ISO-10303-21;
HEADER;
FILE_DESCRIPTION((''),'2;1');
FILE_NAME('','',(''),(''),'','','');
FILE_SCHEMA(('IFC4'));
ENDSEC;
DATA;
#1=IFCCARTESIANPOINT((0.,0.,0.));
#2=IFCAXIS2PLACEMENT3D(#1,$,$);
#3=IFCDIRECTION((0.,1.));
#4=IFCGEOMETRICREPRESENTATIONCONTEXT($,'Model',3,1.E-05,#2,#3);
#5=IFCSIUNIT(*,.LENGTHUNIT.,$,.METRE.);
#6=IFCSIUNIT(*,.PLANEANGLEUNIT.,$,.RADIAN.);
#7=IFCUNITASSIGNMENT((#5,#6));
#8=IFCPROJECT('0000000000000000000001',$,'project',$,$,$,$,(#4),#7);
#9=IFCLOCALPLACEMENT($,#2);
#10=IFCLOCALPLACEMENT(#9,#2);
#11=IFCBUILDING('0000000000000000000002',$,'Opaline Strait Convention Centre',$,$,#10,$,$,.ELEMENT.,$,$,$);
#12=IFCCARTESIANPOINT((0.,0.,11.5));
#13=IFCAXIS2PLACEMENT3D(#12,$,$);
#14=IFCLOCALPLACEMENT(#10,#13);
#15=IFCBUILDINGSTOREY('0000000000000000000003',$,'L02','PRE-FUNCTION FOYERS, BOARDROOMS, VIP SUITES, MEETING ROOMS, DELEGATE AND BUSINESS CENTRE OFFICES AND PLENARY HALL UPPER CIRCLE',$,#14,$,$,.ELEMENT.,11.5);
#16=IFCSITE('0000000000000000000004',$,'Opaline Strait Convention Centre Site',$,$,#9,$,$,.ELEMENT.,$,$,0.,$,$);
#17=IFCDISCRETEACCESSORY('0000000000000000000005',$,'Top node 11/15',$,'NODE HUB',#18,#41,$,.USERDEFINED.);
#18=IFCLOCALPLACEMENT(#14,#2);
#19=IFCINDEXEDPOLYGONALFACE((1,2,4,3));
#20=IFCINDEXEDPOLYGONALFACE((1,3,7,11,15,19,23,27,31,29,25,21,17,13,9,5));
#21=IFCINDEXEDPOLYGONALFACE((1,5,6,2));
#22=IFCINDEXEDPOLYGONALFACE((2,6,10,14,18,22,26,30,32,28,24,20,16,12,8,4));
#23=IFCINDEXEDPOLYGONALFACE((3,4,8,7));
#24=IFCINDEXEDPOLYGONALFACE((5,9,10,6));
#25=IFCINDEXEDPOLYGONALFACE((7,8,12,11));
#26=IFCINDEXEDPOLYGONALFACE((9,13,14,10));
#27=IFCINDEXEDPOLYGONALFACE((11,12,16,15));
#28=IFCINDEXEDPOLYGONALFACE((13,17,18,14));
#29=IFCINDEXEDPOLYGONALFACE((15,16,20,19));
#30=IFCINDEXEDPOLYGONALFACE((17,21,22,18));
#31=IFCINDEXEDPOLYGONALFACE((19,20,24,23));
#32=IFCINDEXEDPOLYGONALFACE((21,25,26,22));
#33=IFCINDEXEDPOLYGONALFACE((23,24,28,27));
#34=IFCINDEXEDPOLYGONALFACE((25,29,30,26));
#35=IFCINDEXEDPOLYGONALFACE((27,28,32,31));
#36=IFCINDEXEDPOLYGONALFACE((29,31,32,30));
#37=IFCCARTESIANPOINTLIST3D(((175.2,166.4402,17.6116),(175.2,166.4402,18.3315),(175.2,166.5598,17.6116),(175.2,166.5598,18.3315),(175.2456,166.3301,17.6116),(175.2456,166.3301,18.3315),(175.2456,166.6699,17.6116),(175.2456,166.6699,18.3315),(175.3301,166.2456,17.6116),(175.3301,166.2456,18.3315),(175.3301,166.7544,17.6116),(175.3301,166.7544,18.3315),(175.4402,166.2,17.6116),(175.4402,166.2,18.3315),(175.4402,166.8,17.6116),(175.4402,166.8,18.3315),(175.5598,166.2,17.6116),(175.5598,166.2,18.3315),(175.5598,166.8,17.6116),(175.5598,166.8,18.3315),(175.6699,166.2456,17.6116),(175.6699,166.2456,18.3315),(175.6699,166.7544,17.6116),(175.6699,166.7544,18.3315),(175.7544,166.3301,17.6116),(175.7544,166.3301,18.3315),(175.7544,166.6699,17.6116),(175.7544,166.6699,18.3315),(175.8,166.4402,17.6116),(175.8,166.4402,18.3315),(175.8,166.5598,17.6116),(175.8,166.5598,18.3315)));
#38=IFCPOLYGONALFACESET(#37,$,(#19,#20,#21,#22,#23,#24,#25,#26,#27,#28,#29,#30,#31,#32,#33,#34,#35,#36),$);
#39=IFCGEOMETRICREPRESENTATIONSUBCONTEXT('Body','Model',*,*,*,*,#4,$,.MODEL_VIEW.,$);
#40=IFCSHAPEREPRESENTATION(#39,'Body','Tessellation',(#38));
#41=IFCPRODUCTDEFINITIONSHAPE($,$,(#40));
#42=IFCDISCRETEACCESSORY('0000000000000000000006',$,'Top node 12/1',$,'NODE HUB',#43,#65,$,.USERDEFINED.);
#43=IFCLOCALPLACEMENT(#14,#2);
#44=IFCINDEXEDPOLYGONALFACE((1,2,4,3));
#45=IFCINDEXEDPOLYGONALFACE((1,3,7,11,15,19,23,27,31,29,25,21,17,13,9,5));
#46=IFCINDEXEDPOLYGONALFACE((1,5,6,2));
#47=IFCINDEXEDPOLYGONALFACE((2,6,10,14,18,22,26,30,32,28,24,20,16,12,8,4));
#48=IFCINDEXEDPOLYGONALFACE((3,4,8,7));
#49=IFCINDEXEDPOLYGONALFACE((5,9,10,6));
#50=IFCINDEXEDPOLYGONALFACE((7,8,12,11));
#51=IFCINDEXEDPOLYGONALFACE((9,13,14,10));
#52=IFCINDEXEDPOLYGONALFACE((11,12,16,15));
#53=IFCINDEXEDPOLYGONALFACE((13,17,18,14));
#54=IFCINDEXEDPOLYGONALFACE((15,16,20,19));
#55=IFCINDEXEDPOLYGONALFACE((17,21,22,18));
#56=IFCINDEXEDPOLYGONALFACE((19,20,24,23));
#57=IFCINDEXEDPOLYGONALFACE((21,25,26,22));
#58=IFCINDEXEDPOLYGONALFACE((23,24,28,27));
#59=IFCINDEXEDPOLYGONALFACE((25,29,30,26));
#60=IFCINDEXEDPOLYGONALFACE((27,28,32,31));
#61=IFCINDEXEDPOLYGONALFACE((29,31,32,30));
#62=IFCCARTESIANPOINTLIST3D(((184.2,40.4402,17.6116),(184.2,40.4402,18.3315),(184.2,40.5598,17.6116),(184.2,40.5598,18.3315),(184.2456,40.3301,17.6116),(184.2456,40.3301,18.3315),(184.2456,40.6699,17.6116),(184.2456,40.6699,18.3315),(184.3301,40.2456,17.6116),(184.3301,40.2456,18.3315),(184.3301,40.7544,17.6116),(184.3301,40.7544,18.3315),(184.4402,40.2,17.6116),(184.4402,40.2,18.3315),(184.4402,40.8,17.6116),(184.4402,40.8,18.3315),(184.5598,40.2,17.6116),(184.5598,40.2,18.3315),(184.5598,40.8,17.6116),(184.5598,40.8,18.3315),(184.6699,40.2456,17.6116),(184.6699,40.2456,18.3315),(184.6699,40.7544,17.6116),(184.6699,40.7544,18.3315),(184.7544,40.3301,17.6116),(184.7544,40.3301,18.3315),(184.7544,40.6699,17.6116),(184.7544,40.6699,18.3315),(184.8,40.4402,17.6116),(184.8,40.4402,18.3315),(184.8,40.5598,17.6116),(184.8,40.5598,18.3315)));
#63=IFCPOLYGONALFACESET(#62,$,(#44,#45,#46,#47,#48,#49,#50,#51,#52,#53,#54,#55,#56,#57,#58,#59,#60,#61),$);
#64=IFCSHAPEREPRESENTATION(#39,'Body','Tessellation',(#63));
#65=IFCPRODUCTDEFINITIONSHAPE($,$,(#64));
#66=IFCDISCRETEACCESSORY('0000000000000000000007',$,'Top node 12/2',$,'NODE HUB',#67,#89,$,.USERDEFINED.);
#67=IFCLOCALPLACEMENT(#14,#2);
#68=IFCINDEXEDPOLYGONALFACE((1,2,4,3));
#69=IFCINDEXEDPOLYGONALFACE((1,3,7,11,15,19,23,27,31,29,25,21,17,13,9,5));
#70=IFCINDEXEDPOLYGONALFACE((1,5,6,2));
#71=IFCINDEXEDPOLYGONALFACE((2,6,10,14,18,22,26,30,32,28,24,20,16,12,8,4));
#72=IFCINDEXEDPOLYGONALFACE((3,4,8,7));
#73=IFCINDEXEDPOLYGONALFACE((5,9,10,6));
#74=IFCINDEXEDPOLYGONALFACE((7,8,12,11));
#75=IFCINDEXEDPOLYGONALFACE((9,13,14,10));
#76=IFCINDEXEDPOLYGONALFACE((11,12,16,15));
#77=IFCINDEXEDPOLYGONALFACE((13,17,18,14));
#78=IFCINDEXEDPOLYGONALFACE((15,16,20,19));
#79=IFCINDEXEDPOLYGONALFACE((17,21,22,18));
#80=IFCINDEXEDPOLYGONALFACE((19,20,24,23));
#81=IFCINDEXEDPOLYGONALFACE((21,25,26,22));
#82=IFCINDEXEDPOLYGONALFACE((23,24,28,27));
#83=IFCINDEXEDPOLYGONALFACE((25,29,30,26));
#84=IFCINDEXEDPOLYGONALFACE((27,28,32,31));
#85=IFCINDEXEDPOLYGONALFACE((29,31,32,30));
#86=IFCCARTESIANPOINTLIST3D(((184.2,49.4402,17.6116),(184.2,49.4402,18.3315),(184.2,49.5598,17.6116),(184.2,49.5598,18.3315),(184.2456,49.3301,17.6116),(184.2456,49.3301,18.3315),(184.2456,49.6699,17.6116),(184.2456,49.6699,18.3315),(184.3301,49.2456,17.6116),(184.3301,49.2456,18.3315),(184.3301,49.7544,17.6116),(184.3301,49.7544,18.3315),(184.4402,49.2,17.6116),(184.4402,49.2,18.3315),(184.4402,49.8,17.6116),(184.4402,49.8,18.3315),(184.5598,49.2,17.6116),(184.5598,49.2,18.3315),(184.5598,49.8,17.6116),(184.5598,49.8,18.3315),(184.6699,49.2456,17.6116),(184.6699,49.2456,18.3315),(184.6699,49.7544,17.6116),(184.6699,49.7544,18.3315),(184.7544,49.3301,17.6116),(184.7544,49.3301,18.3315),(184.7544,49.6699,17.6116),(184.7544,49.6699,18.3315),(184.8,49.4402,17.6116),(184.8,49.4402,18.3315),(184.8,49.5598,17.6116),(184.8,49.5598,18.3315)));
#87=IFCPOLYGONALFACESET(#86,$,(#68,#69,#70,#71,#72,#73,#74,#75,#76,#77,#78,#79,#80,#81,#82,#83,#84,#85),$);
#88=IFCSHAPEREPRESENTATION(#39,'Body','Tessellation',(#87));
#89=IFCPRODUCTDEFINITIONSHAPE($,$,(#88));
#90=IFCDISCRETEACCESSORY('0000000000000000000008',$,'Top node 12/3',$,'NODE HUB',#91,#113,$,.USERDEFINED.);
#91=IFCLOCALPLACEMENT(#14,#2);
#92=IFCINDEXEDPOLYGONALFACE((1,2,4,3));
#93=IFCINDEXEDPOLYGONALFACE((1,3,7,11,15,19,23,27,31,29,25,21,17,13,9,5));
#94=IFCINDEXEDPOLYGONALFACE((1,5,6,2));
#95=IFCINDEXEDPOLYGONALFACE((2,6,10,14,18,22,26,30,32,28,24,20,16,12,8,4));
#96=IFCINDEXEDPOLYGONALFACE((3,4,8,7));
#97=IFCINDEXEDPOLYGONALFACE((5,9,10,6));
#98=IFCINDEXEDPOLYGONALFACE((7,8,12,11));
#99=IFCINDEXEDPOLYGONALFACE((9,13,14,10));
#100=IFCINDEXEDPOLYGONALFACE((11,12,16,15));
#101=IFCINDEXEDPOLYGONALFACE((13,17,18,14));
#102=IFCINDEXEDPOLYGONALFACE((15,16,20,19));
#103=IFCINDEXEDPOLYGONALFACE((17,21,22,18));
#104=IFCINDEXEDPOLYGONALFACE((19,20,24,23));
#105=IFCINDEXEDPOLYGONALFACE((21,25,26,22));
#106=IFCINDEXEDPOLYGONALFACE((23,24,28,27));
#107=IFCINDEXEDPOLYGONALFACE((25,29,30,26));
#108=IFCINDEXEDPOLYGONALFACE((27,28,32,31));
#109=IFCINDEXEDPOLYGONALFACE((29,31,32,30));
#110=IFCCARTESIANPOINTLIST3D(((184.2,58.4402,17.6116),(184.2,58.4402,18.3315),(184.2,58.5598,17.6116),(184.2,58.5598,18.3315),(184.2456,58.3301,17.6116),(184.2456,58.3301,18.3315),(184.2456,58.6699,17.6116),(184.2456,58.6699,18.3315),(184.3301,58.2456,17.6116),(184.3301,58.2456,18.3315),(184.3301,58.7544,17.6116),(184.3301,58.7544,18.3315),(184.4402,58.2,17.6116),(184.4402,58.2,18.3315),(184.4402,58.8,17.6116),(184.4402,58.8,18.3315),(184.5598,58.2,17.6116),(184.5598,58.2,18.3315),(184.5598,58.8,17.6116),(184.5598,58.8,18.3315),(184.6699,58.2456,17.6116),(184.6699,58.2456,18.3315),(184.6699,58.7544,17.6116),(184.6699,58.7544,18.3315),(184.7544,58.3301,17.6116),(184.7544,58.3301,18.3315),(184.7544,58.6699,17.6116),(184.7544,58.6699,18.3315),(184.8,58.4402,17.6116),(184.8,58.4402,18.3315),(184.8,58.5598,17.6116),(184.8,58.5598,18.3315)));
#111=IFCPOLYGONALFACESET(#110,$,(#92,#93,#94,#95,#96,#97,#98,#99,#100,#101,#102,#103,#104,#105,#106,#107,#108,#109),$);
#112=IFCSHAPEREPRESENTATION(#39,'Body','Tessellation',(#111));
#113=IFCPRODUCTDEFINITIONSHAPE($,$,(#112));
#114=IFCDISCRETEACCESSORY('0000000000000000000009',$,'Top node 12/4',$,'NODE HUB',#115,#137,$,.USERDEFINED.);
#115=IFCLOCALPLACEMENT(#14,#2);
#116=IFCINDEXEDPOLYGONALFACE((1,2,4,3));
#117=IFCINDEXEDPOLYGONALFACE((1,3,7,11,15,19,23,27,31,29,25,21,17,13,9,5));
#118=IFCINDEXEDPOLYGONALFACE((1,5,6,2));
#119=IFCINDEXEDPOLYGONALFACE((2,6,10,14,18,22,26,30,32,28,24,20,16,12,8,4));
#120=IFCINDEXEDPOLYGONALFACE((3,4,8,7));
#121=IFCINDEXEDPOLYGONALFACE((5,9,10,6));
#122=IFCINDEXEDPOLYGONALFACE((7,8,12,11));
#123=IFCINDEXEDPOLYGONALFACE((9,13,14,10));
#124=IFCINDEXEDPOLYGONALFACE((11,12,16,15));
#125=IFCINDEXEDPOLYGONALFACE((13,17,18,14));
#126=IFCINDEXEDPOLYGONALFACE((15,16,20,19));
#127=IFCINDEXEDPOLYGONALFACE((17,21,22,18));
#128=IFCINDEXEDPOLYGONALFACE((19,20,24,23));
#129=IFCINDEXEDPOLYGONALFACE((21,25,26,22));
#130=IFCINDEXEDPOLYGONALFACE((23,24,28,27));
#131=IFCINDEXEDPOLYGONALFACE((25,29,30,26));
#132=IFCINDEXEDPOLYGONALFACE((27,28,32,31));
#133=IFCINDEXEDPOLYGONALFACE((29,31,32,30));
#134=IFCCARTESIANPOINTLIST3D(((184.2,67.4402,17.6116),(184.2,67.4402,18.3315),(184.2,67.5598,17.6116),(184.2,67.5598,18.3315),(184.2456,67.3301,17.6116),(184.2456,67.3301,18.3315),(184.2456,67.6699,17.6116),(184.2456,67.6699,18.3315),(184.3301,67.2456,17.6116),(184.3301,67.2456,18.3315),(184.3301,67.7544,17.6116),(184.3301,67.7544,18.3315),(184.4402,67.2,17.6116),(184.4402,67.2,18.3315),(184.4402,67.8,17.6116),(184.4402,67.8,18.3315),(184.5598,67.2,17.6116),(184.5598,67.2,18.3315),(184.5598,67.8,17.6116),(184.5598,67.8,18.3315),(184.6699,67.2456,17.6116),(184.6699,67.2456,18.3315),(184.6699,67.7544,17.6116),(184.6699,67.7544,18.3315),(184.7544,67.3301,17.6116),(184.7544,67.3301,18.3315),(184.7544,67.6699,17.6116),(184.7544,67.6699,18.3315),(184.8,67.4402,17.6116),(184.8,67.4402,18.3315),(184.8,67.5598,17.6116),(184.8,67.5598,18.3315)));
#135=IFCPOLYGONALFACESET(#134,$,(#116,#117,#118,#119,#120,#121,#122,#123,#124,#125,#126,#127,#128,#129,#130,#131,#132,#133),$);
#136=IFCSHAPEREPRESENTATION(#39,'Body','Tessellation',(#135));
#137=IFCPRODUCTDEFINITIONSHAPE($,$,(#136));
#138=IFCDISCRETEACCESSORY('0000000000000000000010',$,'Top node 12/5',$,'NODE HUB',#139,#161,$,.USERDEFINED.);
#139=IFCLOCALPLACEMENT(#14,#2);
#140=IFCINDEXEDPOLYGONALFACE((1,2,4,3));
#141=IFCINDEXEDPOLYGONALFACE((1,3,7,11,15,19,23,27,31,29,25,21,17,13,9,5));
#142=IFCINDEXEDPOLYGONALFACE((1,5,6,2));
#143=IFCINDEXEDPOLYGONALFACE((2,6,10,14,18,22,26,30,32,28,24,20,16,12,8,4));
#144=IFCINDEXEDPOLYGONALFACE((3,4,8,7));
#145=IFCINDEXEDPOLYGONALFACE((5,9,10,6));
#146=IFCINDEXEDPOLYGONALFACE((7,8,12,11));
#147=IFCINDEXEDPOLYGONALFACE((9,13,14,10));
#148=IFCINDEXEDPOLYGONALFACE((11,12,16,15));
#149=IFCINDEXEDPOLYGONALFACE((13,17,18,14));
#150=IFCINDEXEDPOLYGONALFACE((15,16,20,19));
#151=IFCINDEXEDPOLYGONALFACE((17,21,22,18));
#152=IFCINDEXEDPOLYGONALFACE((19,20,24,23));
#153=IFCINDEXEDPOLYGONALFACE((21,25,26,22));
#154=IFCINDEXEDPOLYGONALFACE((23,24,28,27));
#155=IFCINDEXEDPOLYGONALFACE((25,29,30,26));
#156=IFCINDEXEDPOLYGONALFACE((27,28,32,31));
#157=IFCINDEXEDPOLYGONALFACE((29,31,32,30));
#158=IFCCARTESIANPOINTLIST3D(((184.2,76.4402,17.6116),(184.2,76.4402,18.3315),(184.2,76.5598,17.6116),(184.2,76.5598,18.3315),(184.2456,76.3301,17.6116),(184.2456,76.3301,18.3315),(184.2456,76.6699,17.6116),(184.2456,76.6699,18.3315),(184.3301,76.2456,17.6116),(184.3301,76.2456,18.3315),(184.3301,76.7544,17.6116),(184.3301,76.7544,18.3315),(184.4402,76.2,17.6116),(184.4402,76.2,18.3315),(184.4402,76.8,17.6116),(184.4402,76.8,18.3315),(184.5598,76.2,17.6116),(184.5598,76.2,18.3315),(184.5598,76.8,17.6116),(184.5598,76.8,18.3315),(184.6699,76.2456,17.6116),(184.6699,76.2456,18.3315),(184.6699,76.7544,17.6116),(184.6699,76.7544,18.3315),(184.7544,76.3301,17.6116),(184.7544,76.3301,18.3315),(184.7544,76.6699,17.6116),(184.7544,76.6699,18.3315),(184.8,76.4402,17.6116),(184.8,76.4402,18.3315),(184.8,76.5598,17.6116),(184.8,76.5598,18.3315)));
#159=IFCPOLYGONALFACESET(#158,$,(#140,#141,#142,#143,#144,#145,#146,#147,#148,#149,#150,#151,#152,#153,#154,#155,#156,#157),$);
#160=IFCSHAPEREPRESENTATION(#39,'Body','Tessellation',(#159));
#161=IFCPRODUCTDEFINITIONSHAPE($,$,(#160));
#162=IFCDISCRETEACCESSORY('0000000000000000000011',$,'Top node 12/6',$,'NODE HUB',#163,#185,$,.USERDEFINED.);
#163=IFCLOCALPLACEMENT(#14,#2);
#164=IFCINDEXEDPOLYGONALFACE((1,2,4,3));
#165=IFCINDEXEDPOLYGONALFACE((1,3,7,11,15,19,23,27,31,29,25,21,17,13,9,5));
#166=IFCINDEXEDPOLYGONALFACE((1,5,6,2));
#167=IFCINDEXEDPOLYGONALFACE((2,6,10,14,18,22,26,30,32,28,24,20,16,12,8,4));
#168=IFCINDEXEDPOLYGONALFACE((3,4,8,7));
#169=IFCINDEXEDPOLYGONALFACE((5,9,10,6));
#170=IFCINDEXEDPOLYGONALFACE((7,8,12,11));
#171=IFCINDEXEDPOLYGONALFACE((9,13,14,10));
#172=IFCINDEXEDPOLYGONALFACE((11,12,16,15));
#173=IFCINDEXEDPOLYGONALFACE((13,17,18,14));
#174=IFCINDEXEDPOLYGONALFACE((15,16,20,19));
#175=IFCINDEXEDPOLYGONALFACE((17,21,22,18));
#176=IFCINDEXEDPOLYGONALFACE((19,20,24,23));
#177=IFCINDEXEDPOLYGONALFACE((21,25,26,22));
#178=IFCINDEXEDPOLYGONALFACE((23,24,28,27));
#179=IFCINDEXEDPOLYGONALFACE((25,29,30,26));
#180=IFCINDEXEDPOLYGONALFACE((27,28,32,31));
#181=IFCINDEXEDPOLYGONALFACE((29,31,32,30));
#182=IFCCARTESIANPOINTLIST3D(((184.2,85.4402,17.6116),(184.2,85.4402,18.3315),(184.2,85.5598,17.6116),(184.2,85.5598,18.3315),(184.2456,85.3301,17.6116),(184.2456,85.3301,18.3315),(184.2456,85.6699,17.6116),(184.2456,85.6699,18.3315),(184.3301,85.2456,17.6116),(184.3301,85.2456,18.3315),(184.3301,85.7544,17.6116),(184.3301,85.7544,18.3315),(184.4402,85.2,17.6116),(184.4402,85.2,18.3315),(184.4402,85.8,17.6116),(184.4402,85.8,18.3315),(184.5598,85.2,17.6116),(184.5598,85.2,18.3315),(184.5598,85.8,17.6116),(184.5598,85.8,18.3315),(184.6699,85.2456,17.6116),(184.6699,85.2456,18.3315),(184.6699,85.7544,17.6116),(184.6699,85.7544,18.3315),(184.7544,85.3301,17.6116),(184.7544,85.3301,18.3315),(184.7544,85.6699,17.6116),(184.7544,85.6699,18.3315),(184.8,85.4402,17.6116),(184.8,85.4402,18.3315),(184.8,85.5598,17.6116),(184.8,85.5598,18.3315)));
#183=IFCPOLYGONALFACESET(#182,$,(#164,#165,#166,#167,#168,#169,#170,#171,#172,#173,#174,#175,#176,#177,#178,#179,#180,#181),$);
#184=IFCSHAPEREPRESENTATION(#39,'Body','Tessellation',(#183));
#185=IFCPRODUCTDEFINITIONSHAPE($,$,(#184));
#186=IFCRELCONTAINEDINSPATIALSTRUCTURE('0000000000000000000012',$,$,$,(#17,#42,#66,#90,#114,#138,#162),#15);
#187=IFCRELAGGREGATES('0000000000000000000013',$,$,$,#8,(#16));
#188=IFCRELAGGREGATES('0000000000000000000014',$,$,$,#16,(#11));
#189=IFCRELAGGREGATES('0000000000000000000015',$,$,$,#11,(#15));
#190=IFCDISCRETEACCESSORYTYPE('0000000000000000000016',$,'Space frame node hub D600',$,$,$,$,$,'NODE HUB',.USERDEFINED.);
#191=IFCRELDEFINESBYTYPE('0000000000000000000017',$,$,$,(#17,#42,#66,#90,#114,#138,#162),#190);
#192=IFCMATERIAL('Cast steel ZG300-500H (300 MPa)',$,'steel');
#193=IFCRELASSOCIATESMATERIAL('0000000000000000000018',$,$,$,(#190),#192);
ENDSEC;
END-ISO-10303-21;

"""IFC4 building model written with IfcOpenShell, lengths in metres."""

from ifc_helpers import new_model, si_unit, direction, frame, origin, place, context, subcontext, project, spatial, polyline, outline, extrude, material, type_object, element, save


model = new_model("IFC4")

# Units and contexts
model_context = context("Model", 3, precision=1e-05, world=origin(), true_north=direction((0.0, 1.0)))
body_context = subcontext(model_context, "Body", "Model", "MODEL_VIEW")
ifc_project = project(units=[si_unit("LENGTHUNIT", "METRE"), si_unit("PLANEANGLEUNIT", "RADIAN")], contexts=[model_context])

# Site, building, storey
site_placement = place(None, origin())
site = spatial("IfcSite", under=ifc_project, at=site_placement, Name="Opaline Strait Convention Centre Site", CompositionType="ELEMENT", RefElevation=0.0)
building_placement = place(site_placement, origin())
building = spatial("IfcBuilding", under=site, at=building_placement, Name="Opaline Strait Convention Centre", CompositionType="ELEMENT")
storey_placement = place(building_placement, frame((0.0, 0.0, 11.5)))
storey = spatial("IfcBuildingStorey", under=building, at=storey_placement, Name="L02", Description="PRE-FUNCTION FOYERS, BOARDROOMS, VIP SUITES, MEETING ROOMS, DELEGATE AND BUSINESS CENTRE OFFICES AND PLENARY HALL UPPER CIRCLE", CompositionType="ELEMENT", Elevation=11.5)

# Discrete accessories
ifc_material = material(Name="Cast steel ZG300-500H (300 MPa)", Category="steel")
discrete_accessory_type = type_object("IfcDiscreteAccessoryType", Name="Space frame node hub D600", ElementType="NODE HUB", PredefinedType="USERDEFINED", material=ifc_material)
discrete_accessory_1_placement = place(storey_placement, frame((0.0, 0.0, 17.6116)))
element("IfcDiscreteAccessory", 1, at=discrete_accessory_1_placement, inside=storey, type_object=discrete_accessory_type, Name="Top node 11/15", ObjectType="NODE HUB", PredefinedType="USERDEFINED", context=body_context, shape_type="SweptSolid", body=[
    extrude(outline(polyline([(175.8, 166.5598), (175.7544, 166.6699), (175.6699, 166.7544), (175.5598, 166.8), (175.4402, 166.8), (175.3301, 166.7544), (175.2456, 166.6699), (175.2, 166.5598), (175.2, 166.4402), (175.2456, 166.3301), (175.3301, 166.2456), (175.4402, 166.2), (175.5598, 166.2), (175.6699, 166.2456), (175.7544, 166.3301), (175.8, 166.4402), (175.8, 166.5598)])), origin(), (0.0, 0.0, 1.0), 0.72),
])
discrete_accessory_2_placement = place(storey_placement, frame((0.0, 0.0, 17.6116)))
element("IfcDiscreteAccessory", 2, at=discrete_accessory_2_placement, inside=storey, type_object=discrete_accessory_type, Name="Top node 12/1", ObjectType="NODE HUB", PredefinedType="USERDEFINED", context=body_context, shape_type="SweptSolid", body=[
    extrude(outline(polyline([(184.8, 40.5598), (184.7544, 40.6699), (184.6699, 40.7544), (184.5598, 40.8), (184.4402, 40.8), (184.3301, 40.7544), (184.2456, 40.6699), (184.2, 40.5598), (184.2, 40.4402), (184.2456, 40.3301), (184.3301, 40.2456), (184.4402, 40.2), (184.5598, 40.2), (184.6699, 40.2456), (184.7544, 40.3301), (184.8, 40.4402), (184.8, 40.5598)])), origin(), (0.0, 0.0, 1.0), 0.72),
])
discrete_accessory_3_placement = place(storey_placement, frame((0.0, 0.0, 17.6116)))
element("IfcDiscreteAccessory", 3, at=discrete_accessory_3_placement, inside=storey, type_object=discrete_accessory_type, Name="Top node 12/2", ObjectType="NODE HUB", PredefinedType="USERDEFINED", context=body_context, shape_type="SweptSolid", body=[
    extrude(outline(polyline([(184.8, 49.5598), (184.7544, 49.6699), (184.6699, 49.7544), (184.5598, 49.8), (184.4402, 49.8), (184.3301, 49.7544), (184.2456, 49.6699), (184.2, 49.5598), (184.2, 49.4402), (184.2456, 49.3301), (184.3301, 49.2456), (184.4402, 49.2), (184.5598, 49.2), (184.6699, 49.2456), (184.7544, 49.3301), (184.8, 49.4402), (184.8, 49.5598)])), origin(), (0.0, 0.0, 1.0), 0.72),
])
discrete_accessory_4_placement = place(storey_placement, frame((0.0, 0.0, 17.6116)))
element("IfcDiscreteAccessory", 4, at=discrete_accessory_4_placement, inside=storey, type_object=discrete_accessory_type, Name="Top node 12/3", ObjectType="NODE HUB", PredefinedType="USERDEFINED", context=body_context, shape_type="SweptSolid", body=[
    extrude(outline(polyline([(184.8, 58.5598), (184.7544, 58.6699), (184.6699, 58.7544), (184.5598, 58.8), (184.4402, 58.8), (184.3301, 58.7544), (184.2456, 58.6699), (184.2, 58.5598), (184.2, 58.4402), (184.2456, 58.3301), (184.3301, 58.2456), (184.4402, 58.2), (184.5598, 58.2), (184.6699, 58.2456), (184.7544, 58.3301), (184.8, 58.4402), (184.8, 58.5598)])), origin(), (0.0, 0.0, 1.0), 0.72),
])
discrete_accessory_5_placement = place(storey_placement, frame((0.0, 0.0, 17.6116)))
element("IfcDiscreteAccessory", 5, at=discrete_accessory_5_placement, inside=storey, type_object=discrete_accessory_type, Name="Top node 12/4", ObjectType="NODE HUB", PredefinedType="USERDEFINED", context=body_context, shape_type="SweptSolid", body=[
    extrude(outline(polyline([(184.8, 67.5598), (184.7544, 67.6699), (184.6699, 67.7544), (184.5598, 67.8), (184.4402, 67.8), (184.3301, 67.7544), (184.2456, 67.6699), (184.2, 67.5598), (184.2, 67.4402), (184.2456, 67.3301), (184.3301, 67.2456), (184.4402, 67.2), (184.5598, 67.2), (184.6699, 67.2456), (184.7544, 67.3301), (184.8, 67.4402), (184.8, 67.5598)])), origin(), (0.0, 0.0, 1.0), 0.72),
])
discrete_accessory_6_placement = place(storey_placement, frame((0.0, 0.0, 17.6116)))
element("IfcDiscreteAccessory", 6, at=discrete_accessory_6_placement, inside=storey, type_object=discrete_accessory_type, Name="Top node 12/5", ObjectType="NODE HUB", PredefinedType="USERDEFINED", context=body_context, shape_type="SweptSolid", body=[
    extrude(outline(polyline([(184.8, 76.5598), (184.7544, 76.6699), (184.6699, 76.7544), (184.5598, 76.8), (184.4402, 76.8), (184.3301, 76.7544), (184.2456, 76.6699), (184.2, 76.5598), (184.2, 76.4402), (184.2456, 76.3301), (184.3301, 76.2456), (184.4402, 76.2), (184.5598, 76.2), (184.6699, 76.2456), (184.7544, 76.3301), (184.8, 76.4402), (184.8, 76.5598)])), origin(), (0.0, 0.0, 1.0), 0.72),
])
discrete_accessory_7_placement = place(storey_placement, frame((0.0, 0.0, 17.6116)))
element("IfcDiscreteAccessory", 7, at=discrete_accessory_7_placement, inside=storey, type_object=discrete_accessory_type, Name="Top node 12/6", ObjectType="NODE HUB", PredefinedType="USERDEFINED", context=body_context, shape_type="SweptSolid", body=[
    extrude(outline(polyline([(184.8, 85.5598), (184.7544, 85.6699), (184.6699, 85.7544), (184.5598, 85.8), (184.4402, 85.8), (184.3301, 85.7544), (184.2456, 85.6699), (184.2, 85.5598), (184.2, 85.4402), (184.2456, 85.3301), (184.3301, 85.2456), (184.4402, 85.2), (184.5598, 85.2), (184.6699, 85.2456), (184.7544, 85.3301), (184.8, 85.4402), (184.8, 85.5598)])), origin(), (0.0, 0.0, 1.0), 0.72),
])

save(model, "model.ifc")
